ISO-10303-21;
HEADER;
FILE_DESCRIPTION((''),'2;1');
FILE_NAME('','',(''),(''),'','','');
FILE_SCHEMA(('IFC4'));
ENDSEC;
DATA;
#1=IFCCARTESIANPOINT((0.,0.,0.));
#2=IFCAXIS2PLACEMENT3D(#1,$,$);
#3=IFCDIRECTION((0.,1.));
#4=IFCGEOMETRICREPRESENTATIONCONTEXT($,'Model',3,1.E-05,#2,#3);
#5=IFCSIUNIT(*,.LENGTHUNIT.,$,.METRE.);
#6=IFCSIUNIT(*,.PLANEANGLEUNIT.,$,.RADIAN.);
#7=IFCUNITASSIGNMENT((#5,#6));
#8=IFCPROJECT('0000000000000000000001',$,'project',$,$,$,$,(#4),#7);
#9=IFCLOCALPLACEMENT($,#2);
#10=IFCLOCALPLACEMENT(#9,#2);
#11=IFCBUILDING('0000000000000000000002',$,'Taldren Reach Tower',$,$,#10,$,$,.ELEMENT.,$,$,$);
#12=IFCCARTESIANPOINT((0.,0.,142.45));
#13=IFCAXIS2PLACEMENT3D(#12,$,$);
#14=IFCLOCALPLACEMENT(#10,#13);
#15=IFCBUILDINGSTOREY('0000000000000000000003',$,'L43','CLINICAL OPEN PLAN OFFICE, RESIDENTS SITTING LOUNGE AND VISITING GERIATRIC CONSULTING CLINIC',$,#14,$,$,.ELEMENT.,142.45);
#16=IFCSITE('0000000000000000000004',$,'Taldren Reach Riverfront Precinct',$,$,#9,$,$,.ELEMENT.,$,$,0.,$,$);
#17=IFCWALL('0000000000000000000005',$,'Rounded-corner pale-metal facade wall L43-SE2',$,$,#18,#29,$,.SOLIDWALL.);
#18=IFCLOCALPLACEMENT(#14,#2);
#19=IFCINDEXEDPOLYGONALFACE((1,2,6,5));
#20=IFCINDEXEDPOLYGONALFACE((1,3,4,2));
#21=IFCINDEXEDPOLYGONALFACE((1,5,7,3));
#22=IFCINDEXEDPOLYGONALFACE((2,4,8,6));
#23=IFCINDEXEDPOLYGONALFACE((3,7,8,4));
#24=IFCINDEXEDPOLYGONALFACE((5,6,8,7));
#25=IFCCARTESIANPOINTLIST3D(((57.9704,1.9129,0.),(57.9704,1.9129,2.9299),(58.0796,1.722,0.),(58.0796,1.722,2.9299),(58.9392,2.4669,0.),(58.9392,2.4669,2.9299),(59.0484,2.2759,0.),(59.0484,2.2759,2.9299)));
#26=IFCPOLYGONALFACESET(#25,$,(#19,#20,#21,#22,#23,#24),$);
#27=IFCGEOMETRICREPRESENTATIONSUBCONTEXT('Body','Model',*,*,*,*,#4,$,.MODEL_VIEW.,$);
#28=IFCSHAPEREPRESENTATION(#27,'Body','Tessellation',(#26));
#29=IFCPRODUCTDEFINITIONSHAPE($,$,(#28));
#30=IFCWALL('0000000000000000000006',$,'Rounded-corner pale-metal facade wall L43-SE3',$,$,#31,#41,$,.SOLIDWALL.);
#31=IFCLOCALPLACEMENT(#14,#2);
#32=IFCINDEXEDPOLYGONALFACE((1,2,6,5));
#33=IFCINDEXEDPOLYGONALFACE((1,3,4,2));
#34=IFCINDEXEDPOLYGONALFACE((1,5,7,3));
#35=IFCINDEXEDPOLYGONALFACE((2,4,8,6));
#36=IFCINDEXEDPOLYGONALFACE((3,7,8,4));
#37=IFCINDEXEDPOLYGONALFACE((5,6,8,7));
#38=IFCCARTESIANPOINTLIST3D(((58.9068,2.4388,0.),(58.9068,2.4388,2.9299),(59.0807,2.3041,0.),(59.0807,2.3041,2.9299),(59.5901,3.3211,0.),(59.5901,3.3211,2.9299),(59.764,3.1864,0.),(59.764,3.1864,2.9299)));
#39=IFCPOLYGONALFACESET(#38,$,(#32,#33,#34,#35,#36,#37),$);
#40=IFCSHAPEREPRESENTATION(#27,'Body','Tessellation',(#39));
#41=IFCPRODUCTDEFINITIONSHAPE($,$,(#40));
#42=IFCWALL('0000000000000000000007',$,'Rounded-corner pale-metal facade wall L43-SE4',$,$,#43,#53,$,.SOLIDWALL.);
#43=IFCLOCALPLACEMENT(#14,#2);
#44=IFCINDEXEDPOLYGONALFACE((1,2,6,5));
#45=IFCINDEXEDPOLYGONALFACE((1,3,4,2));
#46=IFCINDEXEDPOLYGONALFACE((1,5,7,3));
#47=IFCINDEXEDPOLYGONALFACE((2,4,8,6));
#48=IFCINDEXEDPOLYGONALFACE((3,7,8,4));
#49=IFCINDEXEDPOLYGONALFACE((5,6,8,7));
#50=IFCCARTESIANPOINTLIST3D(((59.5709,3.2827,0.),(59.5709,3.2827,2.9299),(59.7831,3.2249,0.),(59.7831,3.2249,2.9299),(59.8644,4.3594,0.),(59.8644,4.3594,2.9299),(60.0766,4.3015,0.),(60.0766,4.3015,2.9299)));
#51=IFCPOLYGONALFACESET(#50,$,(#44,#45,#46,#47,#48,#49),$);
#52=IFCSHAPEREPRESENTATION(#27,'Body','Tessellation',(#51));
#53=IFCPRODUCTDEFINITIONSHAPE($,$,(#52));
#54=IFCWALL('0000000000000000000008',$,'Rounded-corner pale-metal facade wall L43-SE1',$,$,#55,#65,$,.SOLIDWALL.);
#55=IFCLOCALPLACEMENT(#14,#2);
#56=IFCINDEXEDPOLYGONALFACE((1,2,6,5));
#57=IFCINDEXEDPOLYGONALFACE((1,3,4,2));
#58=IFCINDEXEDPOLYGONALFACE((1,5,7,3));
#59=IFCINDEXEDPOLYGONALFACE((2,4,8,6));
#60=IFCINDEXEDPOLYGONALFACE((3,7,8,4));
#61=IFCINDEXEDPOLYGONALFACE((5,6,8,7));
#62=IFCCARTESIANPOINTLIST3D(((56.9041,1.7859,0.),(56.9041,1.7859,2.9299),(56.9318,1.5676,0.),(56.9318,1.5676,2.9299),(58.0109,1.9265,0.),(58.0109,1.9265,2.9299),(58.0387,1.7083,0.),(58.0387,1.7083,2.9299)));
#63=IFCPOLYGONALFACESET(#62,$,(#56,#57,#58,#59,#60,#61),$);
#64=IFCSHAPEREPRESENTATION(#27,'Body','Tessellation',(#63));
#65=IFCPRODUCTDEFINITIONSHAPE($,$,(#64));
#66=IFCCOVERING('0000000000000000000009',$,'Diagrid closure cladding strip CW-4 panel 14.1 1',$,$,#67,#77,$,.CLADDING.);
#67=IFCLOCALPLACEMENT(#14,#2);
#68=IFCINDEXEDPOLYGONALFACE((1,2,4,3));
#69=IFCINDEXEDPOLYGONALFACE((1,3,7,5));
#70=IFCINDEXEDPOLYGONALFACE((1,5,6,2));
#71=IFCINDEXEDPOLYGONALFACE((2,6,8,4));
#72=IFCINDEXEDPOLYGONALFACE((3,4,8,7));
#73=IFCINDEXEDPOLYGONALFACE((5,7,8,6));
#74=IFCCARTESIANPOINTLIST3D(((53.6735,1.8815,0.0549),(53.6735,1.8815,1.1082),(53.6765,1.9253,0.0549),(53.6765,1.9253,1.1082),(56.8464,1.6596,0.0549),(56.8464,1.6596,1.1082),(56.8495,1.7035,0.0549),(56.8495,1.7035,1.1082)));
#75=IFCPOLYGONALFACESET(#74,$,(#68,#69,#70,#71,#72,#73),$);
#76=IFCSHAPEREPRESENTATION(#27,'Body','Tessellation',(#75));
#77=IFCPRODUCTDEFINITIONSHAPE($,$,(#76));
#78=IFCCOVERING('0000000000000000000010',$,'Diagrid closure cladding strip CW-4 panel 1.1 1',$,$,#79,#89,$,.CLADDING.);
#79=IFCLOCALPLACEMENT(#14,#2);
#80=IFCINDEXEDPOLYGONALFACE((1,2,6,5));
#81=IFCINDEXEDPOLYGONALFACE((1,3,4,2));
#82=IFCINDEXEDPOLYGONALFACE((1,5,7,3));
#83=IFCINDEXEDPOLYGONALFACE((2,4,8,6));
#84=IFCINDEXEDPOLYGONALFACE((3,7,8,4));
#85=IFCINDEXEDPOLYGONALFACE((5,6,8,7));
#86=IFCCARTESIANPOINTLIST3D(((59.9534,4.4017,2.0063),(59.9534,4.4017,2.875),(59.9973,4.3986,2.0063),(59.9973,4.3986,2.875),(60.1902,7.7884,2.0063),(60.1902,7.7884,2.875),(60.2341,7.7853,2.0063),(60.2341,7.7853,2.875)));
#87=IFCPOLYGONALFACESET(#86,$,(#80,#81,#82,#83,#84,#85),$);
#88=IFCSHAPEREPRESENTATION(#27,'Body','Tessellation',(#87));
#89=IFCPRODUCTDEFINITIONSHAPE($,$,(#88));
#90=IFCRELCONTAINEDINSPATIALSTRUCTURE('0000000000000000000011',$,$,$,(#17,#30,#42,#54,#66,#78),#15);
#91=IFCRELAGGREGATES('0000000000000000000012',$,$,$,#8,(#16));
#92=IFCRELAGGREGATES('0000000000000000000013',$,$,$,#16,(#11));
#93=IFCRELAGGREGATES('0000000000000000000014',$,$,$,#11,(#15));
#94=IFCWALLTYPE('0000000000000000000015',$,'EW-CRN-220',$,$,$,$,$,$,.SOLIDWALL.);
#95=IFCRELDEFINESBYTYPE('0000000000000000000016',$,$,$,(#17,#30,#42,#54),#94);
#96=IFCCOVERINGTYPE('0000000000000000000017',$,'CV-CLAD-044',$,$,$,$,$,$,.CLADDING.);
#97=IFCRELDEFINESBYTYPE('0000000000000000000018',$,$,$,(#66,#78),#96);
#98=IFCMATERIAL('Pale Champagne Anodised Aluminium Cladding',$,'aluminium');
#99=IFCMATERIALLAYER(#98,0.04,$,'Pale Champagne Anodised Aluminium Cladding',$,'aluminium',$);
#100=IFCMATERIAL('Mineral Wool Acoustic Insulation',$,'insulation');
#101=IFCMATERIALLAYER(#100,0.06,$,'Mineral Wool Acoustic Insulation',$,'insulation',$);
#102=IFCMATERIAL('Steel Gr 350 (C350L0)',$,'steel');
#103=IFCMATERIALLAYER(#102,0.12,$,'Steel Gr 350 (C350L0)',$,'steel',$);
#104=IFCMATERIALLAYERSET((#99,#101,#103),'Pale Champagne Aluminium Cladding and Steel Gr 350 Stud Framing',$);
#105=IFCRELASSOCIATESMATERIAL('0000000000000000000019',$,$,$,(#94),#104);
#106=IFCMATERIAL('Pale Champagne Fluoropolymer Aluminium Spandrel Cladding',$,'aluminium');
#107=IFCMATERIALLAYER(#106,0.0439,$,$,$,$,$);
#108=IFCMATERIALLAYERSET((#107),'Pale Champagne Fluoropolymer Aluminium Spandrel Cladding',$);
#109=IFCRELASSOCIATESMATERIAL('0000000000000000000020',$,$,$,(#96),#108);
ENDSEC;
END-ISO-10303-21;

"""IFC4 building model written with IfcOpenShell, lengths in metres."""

from ifc_helpers import new_model, si_unit, direction, frame, frame_2d, origin, origin_2d, place, context, subcontext, project, spatial, rectangle, extrude, source, transform, mapped, material, layer, layer_set, type_object, element, save


model = new_model("IFC4")

# Units and contexts
model_context = context("Model", 3, precision=1e-05, world=origin(), true_north=direction((0.0, 1.0)))
body_context = subcontext(model_context, "Body", "Model", "MODEL_VIEW")
ifc_project = project(units=[si_unit("LENGTHUNIT", "METRE"), si_unit("PLANEANGLEUNIT", "RADIAN")], contexts=[model_context])

# Site, building, storey
site_placement = place(None, origin())
site = spatial("IfcSite", under=ifc_project, at=site_placement, Name="Taldren Reach Riverfront Precinct", CompositionType="ELEMENT", RefElevation=0.0)
building_placement = place(site_placement, origin())
building = spatial("IfcBuilding", under=site, at=building_placement, Name="Taldren Reach Tower", CompositionType="ELEMENT")
storey_placement = place(building_placement, frame((0.0, 0.0, 142.45)))
storey = spatial("IfcBuildingStorey", under=building, at=storey_placement, Name="L43", Description="CLINICAL OPEN PLAN OFFICE, RESIDENTS SITTING LOUNGE AND VISITING GERIATRIC CONSULTING CLINIC", CompositionType="ELEMENT", Elevation=142.45)

# Shared definitions
ifc_material_1 = material(Name="Steel Gr 350 (C350L0)", Category="steel")

# Walls
ifc_material_2 = material(Name="Pale Champagne Anodised Aluminium Cladding", Category="aluminium")
ifc_layer_1 = layer(ifc_material_2, 0.04, Name="Pale Champagne Anodised Aluminium Cladding", Category="aluminium")
ifc_material_3 = material(Name="Mineral Wool Acoustic Insulation", Category="insulation")
ifc_layer_2 = layer(ifc_material_3, 0.06, Name="Mineral Wool Acoustic Insulation", Category="insulation")
ifc_layer_3 = layer(ifc_material_1, 0.12, Name="Steel Gr 350 (C350L0)", Category="steel")
ifc_layer_set_1 = layer_set([ifc_layer_1, ifc_layer_2, ifc_layer_3], Name="Pale Champagne Aluminium Cladding and Steel Gr 350 Stud Framing")
wall_type = type_object("IfcWallType", Name="EW-CRN-220", PredefinedType="SOLIDWALL", material=ifc_layer_set_1)
shared_shape_1 = source(origin(), body_context, "Body", "SweptSolid", [
    extrude(rectangle(XDim=1.116, YDim=0.22, at=frame_2d((0.5581, 0.0))), origin(), (0.0, 0.0, 1.0), 2.9299),
])
for number, where, z_axis, x_axis, name in (
    (1, (58.0249, 1.8174, 0.0), (0.0, 0.0, 1.0), (0.868095, 0.496398, 0.0), "Rounded-corner pale-metal facade wall L43-SE2"),
    (2, (58.9937, 2.3713, 0.0), (0.0, 0.0, 1.0), (0.612319, 0.790611, 0.0), "Rounded-corner pale-metal facade wall L43-SE3"),
    (3, (59.677, 3.2537, 0.0), (0.0, 0.0, 1.0), (0.262969, 0.964804, 0.0), "Rounded-corner pale-metal facade wall L43-SE4"),
):
    element("IfcWall", number, at=place(storey_placement, frame(where, z_axis=z_axis, x_axis=x_axis)), inside=storey, type_object=wall_type, Name=name, PredefinedType="SOLIDWALL", context=body_context, shape_type="MappedRepresentation", body=[
        mapped(shared_shape_1, transform((0.0, 0.0, 0.0), scale=1.0)),
    ])
shared_shape_2 = source(origin(), body_context, "Body", "SweptSolid", [
    extrude(rectangle(XDim=1.1157, YDim=0.22, at=frame_2d((0.5579, 0.0))), origin(), (0.0, 0.0, 1.0), 2.9299),
])
wall_placement = place(storey_placement, frame((56.918, 1.6768, 0.0), z_axis=(0.0, 0.0, 1.0), x_axis=(0.992027, 0.126027, 0.0)))
element("IfcWall", 4, at=wall_placement, inside=storey, type_object=wall_type, Name="Rounded-corner pale-metal facade wall L43-SE1", PredefinedType="SOLIDWALL", context=body_context, shape_type="MappedRepresentation", body=[
    mapped(shared_shape_2, transform((0.0, 0.0, 0.0), scale=1.0)),
])

# Coverings
ifc_material_4 = material(Name="Pale Champagne Fluoropolymer Aluminium Spandrel Cladding", Category="aluminium")
ifc_layer_4 = layer(ifc_material_4, 0.0439)
ifc_layer_set_2 = layer_set([ifc_layer_4], Name="Pale Champagne Fluoropolymer Aluminium Spandrel Cladding")
covering_type = type_object("IfcCoveringType", Name="CV-CLAD-044", PredefinedType="CLADDING", material=ifc_layer_set_2)
shared_shape_3 = source(origin(), body_context, "Body", "SweptSolid", [
    extrude(rectangle(XDim=3.1807, YDim=0.0439, at=origin_2d()), origin(), (0.0, 0.0, 1.0), 1.0532),
])
covering_1_placement = place(storey_placement, frame((55.2615, 1.7925, 0.0549), z_axis=(0.0, 0.0, 1.0), x_axis=(0.997564, -0.069757, 0.0)))
element("IfcCovering", 5, at=covering_1_placement, inside=storey, type_object=covering_type, Name="Diagrid closure cladding strip CW-4 panel 14.1 1", PredefinedType="CLADDING", context=body_context, shape_type="MappedRepresentation", body=[
    mapped(shared_shape_3, transform((0.0, 0.0, 0.0), scale=1.0)),
])
shared_shape_4 = source(origin(), body_context, "Body", "SweptSolid", [
    extrude(rectangle(XDim=3.395, YDim=0.0439, at=origin_2d()), origin(), (0.0, 0.0, 1.0), 0.8687),
])
covering_2_placement = place(storey_placement, frame((60.0938, 6.0935, 2.0063), z_axis=(0.0, 0.0, 1.0), x_axis=(0.069756, 0.997564, 0.0)))
element("IfcCovering", 6, at=covering_2_placement, inside=storey, type_object=covering_type, Name="Diagrid closure cladding strip CW-4 panel 1.1 1", PredefinedType="CLADDING", context=body_context, shape_type="MappedRepresentation", body=[
    mapped(shared_shape_4, transform((0.0, 0.0, 0.0), scale=1.0)),
])

save(model, "model.ifc")
